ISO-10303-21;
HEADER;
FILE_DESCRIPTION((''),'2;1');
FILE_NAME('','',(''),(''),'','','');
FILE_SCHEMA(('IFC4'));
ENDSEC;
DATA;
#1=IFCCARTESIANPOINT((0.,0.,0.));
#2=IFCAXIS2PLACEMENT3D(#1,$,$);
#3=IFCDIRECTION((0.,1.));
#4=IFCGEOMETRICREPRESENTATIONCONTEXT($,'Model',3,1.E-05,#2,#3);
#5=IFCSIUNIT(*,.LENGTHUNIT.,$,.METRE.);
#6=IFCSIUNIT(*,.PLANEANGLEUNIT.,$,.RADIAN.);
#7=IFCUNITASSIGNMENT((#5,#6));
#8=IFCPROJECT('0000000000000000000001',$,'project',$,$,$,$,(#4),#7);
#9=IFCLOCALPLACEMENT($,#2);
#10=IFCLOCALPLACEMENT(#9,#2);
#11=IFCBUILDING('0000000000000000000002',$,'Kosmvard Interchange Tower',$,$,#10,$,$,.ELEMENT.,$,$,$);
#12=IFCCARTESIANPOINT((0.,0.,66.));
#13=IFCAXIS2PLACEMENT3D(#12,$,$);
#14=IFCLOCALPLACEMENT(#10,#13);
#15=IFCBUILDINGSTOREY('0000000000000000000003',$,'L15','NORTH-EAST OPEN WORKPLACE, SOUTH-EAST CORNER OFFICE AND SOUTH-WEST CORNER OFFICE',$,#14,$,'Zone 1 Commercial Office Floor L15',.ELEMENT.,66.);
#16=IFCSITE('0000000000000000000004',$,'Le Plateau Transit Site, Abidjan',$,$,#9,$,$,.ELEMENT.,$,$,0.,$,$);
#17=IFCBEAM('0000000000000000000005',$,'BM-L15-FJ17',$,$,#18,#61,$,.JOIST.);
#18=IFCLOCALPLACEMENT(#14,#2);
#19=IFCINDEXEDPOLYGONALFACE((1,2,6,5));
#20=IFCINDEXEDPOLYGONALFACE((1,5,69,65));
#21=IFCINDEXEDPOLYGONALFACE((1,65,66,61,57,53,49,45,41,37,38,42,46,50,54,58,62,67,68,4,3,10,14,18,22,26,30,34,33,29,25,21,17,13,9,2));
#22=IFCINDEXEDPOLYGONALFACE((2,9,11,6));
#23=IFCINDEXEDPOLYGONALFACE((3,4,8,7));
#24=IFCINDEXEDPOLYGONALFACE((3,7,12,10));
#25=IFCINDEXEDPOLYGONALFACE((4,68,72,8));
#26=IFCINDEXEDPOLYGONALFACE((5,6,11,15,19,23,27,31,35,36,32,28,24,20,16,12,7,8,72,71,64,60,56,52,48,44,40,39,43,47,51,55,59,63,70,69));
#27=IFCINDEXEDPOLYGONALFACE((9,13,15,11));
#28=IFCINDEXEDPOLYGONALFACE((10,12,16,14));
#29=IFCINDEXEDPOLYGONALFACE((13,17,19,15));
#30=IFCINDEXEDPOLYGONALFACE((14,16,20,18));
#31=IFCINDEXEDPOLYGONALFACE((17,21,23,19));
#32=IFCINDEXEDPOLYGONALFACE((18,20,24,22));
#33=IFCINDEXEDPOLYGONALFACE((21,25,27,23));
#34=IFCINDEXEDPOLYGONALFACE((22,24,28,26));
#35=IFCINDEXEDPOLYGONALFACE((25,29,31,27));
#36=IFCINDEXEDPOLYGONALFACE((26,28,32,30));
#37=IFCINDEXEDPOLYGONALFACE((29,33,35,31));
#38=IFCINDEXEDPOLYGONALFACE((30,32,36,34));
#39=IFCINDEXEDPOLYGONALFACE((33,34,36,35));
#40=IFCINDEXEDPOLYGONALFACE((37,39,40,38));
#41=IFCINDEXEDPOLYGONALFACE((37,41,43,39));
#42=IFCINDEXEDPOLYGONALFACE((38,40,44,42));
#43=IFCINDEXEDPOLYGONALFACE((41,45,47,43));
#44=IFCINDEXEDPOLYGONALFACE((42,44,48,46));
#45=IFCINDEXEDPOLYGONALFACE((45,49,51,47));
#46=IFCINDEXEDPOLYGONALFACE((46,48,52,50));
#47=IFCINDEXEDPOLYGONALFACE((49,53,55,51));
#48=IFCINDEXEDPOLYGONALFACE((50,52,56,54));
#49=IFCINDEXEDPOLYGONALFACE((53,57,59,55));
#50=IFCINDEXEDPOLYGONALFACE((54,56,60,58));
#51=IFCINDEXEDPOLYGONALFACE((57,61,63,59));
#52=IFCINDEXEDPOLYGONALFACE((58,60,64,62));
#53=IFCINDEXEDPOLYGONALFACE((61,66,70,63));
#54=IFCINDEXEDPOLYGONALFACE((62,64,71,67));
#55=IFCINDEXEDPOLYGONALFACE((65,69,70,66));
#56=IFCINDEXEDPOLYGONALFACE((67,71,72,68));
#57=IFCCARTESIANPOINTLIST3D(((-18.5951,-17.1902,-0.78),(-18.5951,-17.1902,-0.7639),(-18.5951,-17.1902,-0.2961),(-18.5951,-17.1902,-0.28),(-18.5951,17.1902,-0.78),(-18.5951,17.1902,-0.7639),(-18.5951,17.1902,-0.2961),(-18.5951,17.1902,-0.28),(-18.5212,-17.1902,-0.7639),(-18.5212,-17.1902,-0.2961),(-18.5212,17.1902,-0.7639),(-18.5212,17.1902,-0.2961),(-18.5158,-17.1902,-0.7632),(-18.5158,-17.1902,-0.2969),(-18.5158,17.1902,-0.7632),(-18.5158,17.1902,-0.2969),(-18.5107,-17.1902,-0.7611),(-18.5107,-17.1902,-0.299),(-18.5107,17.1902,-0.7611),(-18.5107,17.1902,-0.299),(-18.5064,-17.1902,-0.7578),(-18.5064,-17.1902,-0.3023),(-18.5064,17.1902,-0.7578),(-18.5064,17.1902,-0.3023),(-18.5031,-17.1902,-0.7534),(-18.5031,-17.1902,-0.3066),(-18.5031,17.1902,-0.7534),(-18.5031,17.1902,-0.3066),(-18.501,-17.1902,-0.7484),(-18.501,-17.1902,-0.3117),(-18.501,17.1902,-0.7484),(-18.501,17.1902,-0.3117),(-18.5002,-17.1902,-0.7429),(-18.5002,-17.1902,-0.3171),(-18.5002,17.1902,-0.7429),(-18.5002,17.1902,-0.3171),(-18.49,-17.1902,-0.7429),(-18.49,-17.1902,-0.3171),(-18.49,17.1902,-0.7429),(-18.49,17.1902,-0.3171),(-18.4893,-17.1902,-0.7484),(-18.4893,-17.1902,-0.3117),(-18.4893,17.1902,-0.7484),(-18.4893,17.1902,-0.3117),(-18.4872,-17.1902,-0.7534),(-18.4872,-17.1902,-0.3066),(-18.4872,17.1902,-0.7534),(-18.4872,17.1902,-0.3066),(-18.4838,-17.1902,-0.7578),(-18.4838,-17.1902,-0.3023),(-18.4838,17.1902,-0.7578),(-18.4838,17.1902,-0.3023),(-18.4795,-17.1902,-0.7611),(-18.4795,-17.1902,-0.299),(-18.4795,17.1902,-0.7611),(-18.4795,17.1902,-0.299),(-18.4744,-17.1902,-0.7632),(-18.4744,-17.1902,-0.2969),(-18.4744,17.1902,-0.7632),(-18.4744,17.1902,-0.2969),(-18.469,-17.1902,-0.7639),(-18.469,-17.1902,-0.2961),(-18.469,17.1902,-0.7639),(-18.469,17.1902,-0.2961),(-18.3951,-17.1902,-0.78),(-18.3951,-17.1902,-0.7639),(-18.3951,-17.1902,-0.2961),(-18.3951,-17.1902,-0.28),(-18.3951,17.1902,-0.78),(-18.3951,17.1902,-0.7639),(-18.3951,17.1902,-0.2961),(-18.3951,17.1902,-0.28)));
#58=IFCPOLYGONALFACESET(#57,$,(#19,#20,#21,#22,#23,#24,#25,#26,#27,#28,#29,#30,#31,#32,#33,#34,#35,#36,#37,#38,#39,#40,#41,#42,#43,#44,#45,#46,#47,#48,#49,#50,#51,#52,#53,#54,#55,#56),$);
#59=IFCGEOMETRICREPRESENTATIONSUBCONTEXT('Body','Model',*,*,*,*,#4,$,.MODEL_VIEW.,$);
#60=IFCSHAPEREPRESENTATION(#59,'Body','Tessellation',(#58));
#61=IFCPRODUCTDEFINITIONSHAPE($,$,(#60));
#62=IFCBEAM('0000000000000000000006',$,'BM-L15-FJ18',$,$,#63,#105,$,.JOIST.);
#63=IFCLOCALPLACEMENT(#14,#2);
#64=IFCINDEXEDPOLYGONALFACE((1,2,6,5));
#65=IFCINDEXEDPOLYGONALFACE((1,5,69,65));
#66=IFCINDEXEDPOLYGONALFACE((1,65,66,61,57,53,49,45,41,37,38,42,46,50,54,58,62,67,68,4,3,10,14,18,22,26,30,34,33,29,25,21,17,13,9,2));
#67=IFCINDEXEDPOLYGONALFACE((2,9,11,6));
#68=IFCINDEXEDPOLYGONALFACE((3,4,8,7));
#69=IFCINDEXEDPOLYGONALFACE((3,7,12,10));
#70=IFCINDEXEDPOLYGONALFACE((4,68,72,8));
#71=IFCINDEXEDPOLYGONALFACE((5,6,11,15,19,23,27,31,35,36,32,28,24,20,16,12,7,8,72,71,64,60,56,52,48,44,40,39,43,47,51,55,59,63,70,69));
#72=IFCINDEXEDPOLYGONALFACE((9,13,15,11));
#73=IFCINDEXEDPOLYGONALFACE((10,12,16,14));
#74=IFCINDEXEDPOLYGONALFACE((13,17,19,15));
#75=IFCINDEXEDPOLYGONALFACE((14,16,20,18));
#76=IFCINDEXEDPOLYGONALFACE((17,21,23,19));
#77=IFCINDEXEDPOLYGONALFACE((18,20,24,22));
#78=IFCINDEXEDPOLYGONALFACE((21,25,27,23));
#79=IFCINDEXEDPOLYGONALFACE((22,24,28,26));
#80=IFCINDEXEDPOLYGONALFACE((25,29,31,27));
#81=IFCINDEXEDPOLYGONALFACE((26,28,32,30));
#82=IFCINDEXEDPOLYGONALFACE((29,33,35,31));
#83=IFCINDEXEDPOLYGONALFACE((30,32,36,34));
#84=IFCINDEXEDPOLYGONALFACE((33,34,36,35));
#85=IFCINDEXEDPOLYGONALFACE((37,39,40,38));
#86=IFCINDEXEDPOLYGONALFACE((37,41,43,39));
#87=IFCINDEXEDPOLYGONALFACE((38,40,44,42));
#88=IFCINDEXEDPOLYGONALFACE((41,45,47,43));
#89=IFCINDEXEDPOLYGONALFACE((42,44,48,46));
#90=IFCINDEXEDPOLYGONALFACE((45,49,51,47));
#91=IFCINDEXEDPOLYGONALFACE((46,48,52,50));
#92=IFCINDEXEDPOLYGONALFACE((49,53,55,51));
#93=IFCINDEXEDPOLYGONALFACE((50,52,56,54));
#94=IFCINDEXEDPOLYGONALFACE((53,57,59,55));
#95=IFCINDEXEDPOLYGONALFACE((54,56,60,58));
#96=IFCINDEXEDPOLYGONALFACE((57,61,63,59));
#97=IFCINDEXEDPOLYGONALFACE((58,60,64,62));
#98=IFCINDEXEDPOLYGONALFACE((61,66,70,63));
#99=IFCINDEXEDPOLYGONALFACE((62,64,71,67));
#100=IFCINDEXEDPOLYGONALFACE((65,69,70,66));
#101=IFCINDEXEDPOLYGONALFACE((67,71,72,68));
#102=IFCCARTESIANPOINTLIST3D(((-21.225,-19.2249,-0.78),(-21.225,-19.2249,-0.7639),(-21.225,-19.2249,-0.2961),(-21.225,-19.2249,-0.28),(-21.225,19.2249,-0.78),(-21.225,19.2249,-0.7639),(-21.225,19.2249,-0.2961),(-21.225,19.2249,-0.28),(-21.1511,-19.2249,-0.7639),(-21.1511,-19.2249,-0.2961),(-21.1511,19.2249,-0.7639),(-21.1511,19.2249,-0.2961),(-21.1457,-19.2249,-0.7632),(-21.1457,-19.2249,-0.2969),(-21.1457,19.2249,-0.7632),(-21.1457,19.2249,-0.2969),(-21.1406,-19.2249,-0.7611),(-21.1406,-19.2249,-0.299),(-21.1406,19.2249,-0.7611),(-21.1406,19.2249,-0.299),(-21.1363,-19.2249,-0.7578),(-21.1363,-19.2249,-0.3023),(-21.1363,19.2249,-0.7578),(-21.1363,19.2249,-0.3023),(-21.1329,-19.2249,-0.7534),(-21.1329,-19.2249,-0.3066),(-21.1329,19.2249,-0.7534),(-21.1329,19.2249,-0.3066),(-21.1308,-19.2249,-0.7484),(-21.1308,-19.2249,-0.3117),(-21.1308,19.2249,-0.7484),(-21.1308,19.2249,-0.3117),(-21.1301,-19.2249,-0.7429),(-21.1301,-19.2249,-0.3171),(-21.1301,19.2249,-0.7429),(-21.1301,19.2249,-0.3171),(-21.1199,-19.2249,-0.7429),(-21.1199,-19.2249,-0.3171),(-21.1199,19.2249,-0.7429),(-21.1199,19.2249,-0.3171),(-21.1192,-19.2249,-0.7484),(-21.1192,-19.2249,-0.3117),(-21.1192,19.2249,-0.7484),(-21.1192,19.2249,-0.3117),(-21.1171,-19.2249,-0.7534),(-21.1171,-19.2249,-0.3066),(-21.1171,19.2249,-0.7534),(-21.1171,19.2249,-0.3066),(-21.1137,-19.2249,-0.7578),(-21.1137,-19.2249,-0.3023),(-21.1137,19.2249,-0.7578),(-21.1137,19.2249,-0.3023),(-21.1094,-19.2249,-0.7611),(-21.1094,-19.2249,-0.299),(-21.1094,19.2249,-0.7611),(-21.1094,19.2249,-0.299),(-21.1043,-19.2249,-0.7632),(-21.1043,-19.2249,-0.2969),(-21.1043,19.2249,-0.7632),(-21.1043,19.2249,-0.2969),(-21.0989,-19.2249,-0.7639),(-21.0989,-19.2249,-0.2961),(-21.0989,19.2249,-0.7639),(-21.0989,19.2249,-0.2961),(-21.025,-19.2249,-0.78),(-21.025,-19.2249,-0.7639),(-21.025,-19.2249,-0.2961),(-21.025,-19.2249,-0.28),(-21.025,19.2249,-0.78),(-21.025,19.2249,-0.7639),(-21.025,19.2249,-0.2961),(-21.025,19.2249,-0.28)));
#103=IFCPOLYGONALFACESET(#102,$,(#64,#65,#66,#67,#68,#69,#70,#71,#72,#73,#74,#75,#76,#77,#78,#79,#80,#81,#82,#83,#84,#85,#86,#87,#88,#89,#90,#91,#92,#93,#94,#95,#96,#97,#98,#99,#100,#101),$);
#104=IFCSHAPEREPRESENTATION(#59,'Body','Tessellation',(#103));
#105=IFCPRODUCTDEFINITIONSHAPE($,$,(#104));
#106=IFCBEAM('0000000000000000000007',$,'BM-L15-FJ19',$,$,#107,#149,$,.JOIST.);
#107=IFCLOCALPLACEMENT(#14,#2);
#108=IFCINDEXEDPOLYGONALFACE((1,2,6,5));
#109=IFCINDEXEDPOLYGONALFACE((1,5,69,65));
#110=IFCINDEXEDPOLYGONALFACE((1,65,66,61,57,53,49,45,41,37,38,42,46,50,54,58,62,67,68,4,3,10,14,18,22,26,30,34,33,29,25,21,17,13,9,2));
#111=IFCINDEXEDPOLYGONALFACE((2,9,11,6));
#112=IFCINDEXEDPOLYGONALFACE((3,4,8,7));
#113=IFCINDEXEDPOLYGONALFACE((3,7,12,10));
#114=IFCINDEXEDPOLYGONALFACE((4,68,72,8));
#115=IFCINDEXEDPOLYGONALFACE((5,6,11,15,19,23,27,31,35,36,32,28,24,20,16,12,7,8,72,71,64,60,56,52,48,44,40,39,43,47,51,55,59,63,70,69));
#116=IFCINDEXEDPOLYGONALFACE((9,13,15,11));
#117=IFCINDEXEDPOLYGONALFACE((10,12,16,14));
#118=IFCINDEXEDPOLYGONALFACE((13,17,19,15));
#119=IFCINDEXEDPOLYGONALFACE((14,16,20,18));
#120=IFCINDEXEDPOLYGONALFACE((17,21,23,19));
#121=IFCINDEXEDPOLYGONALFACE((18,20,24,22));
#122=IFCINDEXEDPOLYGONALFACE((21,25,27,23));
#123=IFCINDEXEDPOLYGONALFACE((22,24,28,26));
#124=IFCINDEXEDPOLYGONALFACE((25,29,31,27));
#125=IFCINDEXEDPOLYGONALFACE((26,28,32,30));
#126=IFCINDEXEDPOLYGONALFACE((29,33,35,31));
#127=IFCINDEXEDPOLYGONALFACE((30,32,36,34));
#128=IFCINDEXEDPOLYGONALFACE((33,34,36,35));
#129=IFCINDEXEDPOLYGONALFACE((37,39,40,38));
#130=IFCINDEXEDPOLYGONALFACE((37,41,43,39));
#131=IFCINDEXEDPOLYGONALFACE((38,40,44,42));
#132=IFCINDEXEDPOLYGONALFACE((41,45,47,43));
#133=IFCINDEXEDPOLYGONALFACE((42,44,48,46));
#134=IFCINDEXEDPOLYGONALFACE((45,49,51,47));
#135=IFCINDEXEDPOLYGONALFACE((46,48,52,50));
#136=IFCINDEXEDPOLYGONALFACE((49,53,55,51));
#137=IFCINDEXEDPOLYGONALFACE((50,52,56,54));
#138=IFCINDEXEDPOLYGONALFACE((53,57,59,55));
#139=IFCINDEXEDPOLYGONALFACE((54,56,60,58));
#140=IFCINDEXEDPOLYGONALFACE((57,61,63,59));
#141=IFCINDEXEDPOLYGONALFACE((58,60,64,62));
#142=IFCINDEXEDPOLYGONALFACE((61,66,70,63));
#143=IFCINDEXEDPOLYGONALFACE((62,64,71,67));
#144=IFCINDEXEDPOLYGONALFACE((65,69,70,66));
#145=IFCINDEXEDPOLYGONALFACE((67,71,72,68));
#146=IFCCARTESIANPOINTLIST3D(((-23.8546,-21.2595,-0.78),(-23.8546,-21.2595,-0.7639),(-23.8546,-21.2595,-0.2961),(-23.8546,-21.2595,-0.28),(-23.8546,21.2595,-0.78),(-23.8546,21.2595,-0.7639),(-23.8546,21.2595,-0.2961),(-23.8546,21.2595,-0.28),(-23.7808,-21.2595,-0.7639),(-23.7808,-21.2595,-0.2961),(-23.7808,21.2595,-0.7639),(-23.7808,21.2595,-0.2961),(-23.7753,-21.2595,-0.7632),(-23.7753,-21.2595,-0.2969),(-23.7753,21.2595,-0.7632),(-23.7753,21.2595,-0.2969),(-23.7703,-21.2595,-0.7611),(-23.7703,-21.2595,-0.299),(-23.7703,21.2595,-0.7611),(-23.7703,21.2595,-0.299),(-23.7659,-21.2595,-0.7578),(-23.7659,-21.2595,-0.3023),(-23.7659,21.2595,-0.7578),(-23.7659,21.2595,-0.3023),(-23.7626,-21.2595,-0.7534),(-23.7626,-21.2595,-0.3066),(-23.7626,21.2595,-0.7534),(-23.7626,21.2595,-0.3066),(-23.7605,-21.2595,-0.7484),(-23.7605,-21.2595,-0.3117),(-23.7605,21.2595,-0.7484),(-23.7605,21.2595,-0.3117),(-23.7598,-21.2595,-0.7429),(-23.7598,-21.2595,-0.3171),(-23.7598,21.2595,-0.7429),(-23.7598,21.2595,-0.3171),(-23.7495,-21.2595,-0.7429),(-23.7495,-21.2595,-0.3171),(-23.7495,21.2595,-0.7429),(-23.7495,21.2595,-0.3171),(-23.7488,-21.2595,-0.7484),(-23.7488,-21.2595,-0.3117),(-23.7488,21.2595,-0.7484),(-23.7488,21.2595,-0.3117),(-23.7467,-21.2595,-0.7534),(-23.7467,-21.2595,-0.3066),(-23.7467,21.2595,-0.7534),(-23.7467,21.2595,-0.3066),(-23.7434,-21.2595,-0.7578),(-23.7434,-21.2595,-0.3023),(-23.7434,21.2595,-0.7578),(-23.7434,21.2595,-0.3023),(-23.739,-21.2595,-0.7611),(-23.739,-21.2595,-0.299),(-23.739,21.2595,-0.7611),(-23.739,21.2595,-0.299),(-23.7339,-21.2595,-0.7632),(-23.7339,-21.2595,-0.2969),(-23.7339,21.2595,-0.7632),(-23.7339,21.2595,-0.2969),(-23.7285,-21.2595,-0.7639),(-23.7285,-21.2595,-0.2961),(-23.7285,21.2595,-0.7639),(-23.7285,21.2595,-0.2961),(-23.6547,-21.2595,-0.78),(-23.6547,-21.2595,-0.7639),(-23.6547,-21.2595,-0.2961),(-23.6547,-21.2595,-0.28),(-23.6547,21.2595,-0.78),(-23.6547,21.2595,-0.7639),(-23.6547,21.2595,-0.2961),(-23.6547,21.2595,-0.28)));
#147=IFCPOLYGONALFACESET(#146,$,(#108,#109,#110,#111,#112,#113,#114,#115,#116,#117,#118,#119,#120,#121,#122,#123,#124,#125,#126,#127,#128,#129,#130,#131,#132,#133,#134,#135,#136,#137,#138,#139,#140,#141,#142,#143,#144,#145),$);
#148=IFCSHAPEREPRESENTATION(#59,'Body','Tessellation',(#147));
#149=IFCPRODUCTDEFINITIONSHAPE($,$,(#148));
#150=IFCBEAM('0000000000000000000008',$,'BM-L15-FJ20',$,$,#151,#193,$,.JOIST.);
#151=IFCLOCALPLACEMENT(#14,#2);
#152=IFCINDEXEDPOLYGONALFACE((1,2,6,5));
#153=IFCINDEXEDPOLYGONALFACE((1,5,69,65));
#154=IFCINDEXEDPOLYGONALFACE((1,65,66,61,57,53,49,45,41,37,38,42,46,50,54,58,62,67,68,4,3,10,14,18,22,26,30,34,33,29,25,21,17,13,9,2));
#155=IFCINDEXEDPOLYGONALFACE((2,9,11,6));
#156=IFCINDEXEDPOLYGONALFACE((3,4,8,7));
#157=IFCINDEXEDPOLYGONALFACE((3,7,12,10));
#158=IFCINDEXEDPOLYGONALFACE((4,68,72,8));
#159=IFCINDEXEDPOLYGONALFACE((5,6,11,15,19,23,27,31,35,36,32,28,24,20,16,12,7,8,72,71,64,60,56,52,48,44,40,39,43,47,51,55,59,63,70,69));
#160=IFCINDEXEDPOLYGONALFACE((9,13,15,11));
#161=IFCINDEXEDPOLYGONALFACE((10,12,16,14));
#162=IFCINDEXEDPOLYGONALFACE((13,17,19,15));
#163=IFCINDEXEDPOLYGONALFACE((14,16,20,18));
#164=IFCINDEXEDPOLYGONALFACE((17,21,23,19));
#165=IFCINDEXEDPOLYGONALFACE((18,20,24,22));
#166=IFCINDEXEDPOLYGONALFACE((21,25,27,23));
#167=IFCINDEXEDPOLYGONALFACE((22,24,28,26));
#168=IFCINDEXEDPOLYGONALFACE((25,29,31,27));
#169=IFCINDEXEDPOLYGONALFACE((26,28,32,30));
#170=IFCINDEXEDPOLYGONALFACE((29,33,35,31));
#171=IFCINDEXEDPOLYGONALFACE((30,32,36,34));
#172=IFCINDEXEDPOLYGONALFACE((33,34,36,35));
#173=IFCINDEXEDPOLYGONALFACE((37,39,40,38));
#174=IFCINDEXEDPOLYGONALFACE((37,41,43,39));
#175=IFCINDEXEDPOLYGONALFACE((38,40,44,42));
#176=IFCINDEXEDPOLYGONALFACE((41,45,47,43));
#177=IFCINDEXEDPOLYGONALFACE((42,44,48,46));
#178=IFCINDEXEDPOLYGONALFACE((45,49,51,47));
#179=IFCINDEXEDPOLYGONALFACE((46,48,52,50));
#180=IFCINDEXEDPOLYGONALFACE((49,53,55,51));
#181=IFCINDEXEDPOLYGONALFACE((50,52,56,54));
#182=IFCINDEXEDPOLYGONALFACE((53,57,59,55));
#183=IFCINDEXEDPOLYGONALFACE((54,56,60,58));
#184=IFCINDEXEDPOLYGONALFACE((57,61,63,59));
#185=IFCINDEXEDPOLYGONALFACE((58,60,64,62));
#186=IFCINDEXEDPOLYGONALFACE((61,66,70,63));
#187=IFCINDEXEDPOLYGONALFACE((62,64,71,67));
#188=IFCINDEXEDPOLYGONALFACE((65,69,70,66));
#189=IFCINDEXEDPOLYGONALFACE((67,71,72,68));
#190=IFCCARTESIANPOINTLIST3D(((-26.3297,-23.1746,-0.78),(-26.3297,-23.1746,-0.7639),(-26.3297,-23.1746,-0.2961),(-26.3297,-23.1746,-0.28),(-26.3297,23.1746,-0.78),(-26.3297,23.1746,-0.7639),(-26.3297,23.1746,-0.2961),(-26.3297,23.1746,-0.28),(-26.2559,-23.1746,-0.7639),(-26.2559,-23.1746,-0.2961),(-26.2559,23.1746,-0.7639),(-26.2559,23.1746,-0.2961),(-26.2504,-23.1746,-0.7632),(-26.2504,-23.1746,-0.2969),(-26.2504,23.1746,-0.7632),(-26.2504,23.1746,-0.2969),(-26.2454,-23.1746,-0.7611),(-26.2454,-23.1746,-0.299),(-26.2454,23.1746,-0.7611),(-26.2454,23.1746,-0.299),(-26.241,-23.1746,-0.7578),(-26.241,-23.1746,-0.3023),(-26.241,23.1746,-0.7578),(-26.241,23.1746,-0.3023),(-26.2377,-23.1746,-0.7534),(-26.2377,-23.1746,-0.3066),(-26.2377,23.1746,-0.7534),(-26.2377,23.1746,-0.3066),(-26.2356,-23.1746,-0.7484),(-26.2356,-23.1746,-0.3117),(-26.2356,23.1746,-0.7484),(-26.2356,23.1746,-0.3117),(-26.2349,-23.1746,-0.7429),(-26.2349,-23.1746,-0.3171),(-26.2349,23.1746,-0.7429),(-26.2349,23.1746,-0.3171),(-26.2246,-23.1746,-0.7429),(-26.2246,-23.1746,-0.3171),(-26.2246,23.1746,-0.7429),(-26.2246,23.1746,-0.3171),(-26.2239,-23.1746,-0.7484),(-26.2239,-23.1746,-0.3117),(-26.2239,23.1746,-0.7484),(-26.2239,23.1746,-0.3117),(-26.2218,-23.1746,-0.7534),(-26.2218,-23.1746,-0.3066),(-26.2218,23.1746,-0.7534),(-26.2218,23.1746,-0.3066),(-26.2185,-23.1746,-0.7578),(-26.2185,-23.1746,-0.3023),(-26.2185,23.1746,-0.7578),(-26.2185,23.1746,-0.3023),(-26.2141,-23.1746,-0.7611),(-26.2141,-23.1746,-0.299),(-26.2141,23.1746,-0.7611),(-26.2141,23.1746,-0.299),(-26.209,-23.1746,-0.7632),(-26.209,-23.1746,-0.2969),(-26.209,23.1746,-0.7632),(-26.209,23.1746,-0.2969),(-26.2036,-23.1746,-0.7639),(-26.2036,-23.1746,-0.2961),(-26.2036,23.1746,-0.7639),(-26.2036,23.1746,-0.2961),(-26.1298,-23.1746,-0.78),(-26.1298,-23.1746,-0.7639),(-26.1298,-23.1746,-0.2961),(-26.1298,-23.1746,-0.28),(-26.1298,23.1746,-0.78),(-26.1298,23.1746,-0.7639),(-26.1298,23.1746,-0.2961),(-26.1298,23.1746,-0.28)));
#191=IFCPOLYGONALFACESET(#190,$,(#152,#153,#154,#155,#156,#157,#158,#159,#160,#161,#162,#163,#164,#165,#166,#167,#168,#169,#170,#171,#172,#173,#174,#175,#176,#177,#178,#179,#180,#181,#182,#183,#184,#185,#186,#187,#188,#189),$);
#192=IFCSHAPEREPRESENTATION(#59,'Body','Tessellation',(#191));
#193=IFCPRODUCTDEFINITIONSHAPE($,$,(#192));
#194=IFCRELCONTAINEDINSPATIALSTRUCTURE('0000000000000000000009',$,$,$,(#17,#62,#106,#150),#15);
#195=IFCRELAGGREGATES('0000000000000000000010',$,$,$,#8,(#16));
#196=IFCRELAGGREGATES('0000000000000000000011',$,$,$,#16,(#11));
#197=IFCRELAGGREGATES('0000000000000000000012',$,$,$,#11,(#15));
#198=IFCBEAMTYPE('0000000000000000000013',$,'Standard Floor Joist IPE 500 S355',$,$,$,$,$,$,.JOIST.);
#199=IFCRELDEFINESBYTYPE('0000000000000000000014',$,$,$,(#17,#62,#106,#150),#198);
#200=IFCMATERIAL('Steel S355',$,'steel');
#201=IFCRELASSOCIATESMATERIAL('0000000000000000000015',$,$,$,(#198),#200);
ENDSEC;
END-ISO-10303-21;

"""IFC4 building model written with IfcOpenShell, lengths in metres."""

from ifc_helpers import new_model, si_unit, direction, frame, origin, origin_2d, place, context, subcontext, project, spatial, i_section, extrude, source, transform, mapped, material, material_profile, profile_set, type_object, element, save


model = new_model("IFC4")

# Units and contexts
model_context = context("Model", 3, precision=1e-05, world=origin(), true_north=direction((0.0, 1.0)))
body_context = subcontext(model_context, "Body", "Model", "MODEL_VIEW")
ifc_project = project(units=[si_unit("LENGTHUNIT", "METRE"), si_unit("PLANEANGLEUNIT", "RADIAN")], contexts=[model_context])

# Site, building, storey
site_placement = place(None, origin())
site = spatial("IfcSite", under=ifc_project, at=site_placement, Name="Le Plateau Transit Site, Abidjan", CompositionType="ELEMENT", RefElevation=0.0)
building_placement = place(site_placement, origin())
building = spatial("IfcBuilding", under=site, at=building_placement, Name="Kosmvard Interchange Tower", CompositionType="ELEMENT")
storey_placement = place(building_placement, frame((0.0, 0.0, 66.0)))
storey = spatial("IfcBuildingStorey", under=building, at=storey_placement, Name="L15", Description="NORTH-EAST OPEN WORKPLACE, SOUTH-EAST CORNER OFFICE AND SOUTH-WEST CORNER OFFICE", LongName="Zone 1 Commercial Office Floor L15", CompositionType="ELEMENT", Elevation=66.0)

# Beams
ifc_material_1 = material(Name="Steel S355", Category="steel")
ifc_material_profile_1 = material_profile(ifc_material_1, i_section(OverallWidth=0.2, OverallDepth=0.5, WebThickness=0.0103, FlangeThickness=0.0161, FilletRadius=0.021, at=origin_2d()), Name="IPE 500")
ifc_profile_set_1 = profile_set([ifc_material_profile_1], Name="Steel S355")
beam_type_1 = type_object("IfcBeamType", Name="Standard Floor Joist IPE 500 S355", PredefinedType="JOIST", material=ifc_profile_set_1)
shared_shape_1 = source(origin(), body_context, "Body", "SweptSolid", [
    extrude(i_section(OverallWidth=0.2, OverallDepth=0.5, WebThickness=0.0103, FlangeThickness=0.0161, FilletRadius=0.021, at=origin_2d()), origin(), (0.0, 0.0, 1.0), 34.3804),
])
beam_1_placement = place(storey_placement, frame((-18.4951, 17.1902, -0.53), z_axis=(0.0, -1.0, 0.0), x_axis=(1.0, 0.0, 0.0)))
element("IfcBeam", 1, at=beam_1_placement, inside=storey, type_object=beam_type_1, Name="BM-L15-FJ17", PredefinedType="JOIST", context=body_context, shape_type="MappedRepresentation", body=[
    mapped(shared_shape_1, transform((0.0, 0.0, 0.0), scale=1.0)),
])
shared_shape_2 = source(origin(), body_context, "Body", "SweptSolid", [
    extrude(i_section(OverallWidth=0.2, OverallDepth=0.5, WebThickness=0.0103, FlangeThickness=0.0161, FilletRadius=0.021, at=origin_2d()), origin(), (0.0, 0.0, 1.0), 38.4497),
])
beam_2_placement = place(storey_placement, frame((-21.125, 19.2249, -0.53), z_axis=(0.0, -1.0, 0.0), x_axis=(1.0, 0.0, 0.0)))
element("IfcBeam", 2, at=beam_2_placement, inside=storey, type_object=beam_type_1, Name="BM-L15-FJ18", PredefinedType="JOIST", context=body_context, shape_type="MappedRepresentation", body=[
    mapped(shared_shape_2, transform((0.0, 0.0, 0.0), scale=1.0)),
])
shared_shape_3 = source(origin(), body_context, "Body", "SweptSolid", [
    extrude(i_section(OverallWidth=0.2, OverallDepth=0.5, WebThickness=0.0103, FlangeThickness=0.0161, FilletRadius=0.021, at=origin_2d()), origin(), (0.0, 0.0, 1.0), 42.519),
])
beam_3_placement = place(storey_placement, frame((-23.7546, 21.2595, -0.53), z_axis=(0.0, -1.0, 0.0), x_axis=(1.0, 0.0, 0.0)))
element("IfcBeam", 3, at=beam_3_placement, inside=storey, type_object=beam_type_1, Name="BM-L15-FJ19", PredefinedType="JOIST", context=body_context, shape_type="MappedRepresentation", body=[
    mapped(shared_shape_3, transform((0.0, 0.0, 0.0), scale=1.0)),
])
shared_shape_4 = source(origin(), body_context, "Body", "SweptSolid", [
    extrude(i_section(OverallWidth=0.2, OverallDepth=0.5, WebThickness=0.0103, FlangeThickness=0.0161, FilletRadius=0.021, at=origin_2d()), origin(), (0.0, 0.0, 1.0), 46.3491),
])
beam_4_placement = place(storey_placement, frame((-26.2297, 23.1746, -0.53), z_axis=(0.0, -1.0, 0.0), x_axis=(1.0, 0.0, 0.0)))
element("IfcBeam", 4, at=beam_4_placement, inside=storey, type_object=beam_type_1, Name="BM-L15-FJ20", PredefinedType="JOIST", context=body_context, shape_type="MappedRepresentation", body=[
    mapped(shared_shape_4, transform((0.0, 0.0, 0.0), scale=1.0)),
])

save(model, "model.ifc")
